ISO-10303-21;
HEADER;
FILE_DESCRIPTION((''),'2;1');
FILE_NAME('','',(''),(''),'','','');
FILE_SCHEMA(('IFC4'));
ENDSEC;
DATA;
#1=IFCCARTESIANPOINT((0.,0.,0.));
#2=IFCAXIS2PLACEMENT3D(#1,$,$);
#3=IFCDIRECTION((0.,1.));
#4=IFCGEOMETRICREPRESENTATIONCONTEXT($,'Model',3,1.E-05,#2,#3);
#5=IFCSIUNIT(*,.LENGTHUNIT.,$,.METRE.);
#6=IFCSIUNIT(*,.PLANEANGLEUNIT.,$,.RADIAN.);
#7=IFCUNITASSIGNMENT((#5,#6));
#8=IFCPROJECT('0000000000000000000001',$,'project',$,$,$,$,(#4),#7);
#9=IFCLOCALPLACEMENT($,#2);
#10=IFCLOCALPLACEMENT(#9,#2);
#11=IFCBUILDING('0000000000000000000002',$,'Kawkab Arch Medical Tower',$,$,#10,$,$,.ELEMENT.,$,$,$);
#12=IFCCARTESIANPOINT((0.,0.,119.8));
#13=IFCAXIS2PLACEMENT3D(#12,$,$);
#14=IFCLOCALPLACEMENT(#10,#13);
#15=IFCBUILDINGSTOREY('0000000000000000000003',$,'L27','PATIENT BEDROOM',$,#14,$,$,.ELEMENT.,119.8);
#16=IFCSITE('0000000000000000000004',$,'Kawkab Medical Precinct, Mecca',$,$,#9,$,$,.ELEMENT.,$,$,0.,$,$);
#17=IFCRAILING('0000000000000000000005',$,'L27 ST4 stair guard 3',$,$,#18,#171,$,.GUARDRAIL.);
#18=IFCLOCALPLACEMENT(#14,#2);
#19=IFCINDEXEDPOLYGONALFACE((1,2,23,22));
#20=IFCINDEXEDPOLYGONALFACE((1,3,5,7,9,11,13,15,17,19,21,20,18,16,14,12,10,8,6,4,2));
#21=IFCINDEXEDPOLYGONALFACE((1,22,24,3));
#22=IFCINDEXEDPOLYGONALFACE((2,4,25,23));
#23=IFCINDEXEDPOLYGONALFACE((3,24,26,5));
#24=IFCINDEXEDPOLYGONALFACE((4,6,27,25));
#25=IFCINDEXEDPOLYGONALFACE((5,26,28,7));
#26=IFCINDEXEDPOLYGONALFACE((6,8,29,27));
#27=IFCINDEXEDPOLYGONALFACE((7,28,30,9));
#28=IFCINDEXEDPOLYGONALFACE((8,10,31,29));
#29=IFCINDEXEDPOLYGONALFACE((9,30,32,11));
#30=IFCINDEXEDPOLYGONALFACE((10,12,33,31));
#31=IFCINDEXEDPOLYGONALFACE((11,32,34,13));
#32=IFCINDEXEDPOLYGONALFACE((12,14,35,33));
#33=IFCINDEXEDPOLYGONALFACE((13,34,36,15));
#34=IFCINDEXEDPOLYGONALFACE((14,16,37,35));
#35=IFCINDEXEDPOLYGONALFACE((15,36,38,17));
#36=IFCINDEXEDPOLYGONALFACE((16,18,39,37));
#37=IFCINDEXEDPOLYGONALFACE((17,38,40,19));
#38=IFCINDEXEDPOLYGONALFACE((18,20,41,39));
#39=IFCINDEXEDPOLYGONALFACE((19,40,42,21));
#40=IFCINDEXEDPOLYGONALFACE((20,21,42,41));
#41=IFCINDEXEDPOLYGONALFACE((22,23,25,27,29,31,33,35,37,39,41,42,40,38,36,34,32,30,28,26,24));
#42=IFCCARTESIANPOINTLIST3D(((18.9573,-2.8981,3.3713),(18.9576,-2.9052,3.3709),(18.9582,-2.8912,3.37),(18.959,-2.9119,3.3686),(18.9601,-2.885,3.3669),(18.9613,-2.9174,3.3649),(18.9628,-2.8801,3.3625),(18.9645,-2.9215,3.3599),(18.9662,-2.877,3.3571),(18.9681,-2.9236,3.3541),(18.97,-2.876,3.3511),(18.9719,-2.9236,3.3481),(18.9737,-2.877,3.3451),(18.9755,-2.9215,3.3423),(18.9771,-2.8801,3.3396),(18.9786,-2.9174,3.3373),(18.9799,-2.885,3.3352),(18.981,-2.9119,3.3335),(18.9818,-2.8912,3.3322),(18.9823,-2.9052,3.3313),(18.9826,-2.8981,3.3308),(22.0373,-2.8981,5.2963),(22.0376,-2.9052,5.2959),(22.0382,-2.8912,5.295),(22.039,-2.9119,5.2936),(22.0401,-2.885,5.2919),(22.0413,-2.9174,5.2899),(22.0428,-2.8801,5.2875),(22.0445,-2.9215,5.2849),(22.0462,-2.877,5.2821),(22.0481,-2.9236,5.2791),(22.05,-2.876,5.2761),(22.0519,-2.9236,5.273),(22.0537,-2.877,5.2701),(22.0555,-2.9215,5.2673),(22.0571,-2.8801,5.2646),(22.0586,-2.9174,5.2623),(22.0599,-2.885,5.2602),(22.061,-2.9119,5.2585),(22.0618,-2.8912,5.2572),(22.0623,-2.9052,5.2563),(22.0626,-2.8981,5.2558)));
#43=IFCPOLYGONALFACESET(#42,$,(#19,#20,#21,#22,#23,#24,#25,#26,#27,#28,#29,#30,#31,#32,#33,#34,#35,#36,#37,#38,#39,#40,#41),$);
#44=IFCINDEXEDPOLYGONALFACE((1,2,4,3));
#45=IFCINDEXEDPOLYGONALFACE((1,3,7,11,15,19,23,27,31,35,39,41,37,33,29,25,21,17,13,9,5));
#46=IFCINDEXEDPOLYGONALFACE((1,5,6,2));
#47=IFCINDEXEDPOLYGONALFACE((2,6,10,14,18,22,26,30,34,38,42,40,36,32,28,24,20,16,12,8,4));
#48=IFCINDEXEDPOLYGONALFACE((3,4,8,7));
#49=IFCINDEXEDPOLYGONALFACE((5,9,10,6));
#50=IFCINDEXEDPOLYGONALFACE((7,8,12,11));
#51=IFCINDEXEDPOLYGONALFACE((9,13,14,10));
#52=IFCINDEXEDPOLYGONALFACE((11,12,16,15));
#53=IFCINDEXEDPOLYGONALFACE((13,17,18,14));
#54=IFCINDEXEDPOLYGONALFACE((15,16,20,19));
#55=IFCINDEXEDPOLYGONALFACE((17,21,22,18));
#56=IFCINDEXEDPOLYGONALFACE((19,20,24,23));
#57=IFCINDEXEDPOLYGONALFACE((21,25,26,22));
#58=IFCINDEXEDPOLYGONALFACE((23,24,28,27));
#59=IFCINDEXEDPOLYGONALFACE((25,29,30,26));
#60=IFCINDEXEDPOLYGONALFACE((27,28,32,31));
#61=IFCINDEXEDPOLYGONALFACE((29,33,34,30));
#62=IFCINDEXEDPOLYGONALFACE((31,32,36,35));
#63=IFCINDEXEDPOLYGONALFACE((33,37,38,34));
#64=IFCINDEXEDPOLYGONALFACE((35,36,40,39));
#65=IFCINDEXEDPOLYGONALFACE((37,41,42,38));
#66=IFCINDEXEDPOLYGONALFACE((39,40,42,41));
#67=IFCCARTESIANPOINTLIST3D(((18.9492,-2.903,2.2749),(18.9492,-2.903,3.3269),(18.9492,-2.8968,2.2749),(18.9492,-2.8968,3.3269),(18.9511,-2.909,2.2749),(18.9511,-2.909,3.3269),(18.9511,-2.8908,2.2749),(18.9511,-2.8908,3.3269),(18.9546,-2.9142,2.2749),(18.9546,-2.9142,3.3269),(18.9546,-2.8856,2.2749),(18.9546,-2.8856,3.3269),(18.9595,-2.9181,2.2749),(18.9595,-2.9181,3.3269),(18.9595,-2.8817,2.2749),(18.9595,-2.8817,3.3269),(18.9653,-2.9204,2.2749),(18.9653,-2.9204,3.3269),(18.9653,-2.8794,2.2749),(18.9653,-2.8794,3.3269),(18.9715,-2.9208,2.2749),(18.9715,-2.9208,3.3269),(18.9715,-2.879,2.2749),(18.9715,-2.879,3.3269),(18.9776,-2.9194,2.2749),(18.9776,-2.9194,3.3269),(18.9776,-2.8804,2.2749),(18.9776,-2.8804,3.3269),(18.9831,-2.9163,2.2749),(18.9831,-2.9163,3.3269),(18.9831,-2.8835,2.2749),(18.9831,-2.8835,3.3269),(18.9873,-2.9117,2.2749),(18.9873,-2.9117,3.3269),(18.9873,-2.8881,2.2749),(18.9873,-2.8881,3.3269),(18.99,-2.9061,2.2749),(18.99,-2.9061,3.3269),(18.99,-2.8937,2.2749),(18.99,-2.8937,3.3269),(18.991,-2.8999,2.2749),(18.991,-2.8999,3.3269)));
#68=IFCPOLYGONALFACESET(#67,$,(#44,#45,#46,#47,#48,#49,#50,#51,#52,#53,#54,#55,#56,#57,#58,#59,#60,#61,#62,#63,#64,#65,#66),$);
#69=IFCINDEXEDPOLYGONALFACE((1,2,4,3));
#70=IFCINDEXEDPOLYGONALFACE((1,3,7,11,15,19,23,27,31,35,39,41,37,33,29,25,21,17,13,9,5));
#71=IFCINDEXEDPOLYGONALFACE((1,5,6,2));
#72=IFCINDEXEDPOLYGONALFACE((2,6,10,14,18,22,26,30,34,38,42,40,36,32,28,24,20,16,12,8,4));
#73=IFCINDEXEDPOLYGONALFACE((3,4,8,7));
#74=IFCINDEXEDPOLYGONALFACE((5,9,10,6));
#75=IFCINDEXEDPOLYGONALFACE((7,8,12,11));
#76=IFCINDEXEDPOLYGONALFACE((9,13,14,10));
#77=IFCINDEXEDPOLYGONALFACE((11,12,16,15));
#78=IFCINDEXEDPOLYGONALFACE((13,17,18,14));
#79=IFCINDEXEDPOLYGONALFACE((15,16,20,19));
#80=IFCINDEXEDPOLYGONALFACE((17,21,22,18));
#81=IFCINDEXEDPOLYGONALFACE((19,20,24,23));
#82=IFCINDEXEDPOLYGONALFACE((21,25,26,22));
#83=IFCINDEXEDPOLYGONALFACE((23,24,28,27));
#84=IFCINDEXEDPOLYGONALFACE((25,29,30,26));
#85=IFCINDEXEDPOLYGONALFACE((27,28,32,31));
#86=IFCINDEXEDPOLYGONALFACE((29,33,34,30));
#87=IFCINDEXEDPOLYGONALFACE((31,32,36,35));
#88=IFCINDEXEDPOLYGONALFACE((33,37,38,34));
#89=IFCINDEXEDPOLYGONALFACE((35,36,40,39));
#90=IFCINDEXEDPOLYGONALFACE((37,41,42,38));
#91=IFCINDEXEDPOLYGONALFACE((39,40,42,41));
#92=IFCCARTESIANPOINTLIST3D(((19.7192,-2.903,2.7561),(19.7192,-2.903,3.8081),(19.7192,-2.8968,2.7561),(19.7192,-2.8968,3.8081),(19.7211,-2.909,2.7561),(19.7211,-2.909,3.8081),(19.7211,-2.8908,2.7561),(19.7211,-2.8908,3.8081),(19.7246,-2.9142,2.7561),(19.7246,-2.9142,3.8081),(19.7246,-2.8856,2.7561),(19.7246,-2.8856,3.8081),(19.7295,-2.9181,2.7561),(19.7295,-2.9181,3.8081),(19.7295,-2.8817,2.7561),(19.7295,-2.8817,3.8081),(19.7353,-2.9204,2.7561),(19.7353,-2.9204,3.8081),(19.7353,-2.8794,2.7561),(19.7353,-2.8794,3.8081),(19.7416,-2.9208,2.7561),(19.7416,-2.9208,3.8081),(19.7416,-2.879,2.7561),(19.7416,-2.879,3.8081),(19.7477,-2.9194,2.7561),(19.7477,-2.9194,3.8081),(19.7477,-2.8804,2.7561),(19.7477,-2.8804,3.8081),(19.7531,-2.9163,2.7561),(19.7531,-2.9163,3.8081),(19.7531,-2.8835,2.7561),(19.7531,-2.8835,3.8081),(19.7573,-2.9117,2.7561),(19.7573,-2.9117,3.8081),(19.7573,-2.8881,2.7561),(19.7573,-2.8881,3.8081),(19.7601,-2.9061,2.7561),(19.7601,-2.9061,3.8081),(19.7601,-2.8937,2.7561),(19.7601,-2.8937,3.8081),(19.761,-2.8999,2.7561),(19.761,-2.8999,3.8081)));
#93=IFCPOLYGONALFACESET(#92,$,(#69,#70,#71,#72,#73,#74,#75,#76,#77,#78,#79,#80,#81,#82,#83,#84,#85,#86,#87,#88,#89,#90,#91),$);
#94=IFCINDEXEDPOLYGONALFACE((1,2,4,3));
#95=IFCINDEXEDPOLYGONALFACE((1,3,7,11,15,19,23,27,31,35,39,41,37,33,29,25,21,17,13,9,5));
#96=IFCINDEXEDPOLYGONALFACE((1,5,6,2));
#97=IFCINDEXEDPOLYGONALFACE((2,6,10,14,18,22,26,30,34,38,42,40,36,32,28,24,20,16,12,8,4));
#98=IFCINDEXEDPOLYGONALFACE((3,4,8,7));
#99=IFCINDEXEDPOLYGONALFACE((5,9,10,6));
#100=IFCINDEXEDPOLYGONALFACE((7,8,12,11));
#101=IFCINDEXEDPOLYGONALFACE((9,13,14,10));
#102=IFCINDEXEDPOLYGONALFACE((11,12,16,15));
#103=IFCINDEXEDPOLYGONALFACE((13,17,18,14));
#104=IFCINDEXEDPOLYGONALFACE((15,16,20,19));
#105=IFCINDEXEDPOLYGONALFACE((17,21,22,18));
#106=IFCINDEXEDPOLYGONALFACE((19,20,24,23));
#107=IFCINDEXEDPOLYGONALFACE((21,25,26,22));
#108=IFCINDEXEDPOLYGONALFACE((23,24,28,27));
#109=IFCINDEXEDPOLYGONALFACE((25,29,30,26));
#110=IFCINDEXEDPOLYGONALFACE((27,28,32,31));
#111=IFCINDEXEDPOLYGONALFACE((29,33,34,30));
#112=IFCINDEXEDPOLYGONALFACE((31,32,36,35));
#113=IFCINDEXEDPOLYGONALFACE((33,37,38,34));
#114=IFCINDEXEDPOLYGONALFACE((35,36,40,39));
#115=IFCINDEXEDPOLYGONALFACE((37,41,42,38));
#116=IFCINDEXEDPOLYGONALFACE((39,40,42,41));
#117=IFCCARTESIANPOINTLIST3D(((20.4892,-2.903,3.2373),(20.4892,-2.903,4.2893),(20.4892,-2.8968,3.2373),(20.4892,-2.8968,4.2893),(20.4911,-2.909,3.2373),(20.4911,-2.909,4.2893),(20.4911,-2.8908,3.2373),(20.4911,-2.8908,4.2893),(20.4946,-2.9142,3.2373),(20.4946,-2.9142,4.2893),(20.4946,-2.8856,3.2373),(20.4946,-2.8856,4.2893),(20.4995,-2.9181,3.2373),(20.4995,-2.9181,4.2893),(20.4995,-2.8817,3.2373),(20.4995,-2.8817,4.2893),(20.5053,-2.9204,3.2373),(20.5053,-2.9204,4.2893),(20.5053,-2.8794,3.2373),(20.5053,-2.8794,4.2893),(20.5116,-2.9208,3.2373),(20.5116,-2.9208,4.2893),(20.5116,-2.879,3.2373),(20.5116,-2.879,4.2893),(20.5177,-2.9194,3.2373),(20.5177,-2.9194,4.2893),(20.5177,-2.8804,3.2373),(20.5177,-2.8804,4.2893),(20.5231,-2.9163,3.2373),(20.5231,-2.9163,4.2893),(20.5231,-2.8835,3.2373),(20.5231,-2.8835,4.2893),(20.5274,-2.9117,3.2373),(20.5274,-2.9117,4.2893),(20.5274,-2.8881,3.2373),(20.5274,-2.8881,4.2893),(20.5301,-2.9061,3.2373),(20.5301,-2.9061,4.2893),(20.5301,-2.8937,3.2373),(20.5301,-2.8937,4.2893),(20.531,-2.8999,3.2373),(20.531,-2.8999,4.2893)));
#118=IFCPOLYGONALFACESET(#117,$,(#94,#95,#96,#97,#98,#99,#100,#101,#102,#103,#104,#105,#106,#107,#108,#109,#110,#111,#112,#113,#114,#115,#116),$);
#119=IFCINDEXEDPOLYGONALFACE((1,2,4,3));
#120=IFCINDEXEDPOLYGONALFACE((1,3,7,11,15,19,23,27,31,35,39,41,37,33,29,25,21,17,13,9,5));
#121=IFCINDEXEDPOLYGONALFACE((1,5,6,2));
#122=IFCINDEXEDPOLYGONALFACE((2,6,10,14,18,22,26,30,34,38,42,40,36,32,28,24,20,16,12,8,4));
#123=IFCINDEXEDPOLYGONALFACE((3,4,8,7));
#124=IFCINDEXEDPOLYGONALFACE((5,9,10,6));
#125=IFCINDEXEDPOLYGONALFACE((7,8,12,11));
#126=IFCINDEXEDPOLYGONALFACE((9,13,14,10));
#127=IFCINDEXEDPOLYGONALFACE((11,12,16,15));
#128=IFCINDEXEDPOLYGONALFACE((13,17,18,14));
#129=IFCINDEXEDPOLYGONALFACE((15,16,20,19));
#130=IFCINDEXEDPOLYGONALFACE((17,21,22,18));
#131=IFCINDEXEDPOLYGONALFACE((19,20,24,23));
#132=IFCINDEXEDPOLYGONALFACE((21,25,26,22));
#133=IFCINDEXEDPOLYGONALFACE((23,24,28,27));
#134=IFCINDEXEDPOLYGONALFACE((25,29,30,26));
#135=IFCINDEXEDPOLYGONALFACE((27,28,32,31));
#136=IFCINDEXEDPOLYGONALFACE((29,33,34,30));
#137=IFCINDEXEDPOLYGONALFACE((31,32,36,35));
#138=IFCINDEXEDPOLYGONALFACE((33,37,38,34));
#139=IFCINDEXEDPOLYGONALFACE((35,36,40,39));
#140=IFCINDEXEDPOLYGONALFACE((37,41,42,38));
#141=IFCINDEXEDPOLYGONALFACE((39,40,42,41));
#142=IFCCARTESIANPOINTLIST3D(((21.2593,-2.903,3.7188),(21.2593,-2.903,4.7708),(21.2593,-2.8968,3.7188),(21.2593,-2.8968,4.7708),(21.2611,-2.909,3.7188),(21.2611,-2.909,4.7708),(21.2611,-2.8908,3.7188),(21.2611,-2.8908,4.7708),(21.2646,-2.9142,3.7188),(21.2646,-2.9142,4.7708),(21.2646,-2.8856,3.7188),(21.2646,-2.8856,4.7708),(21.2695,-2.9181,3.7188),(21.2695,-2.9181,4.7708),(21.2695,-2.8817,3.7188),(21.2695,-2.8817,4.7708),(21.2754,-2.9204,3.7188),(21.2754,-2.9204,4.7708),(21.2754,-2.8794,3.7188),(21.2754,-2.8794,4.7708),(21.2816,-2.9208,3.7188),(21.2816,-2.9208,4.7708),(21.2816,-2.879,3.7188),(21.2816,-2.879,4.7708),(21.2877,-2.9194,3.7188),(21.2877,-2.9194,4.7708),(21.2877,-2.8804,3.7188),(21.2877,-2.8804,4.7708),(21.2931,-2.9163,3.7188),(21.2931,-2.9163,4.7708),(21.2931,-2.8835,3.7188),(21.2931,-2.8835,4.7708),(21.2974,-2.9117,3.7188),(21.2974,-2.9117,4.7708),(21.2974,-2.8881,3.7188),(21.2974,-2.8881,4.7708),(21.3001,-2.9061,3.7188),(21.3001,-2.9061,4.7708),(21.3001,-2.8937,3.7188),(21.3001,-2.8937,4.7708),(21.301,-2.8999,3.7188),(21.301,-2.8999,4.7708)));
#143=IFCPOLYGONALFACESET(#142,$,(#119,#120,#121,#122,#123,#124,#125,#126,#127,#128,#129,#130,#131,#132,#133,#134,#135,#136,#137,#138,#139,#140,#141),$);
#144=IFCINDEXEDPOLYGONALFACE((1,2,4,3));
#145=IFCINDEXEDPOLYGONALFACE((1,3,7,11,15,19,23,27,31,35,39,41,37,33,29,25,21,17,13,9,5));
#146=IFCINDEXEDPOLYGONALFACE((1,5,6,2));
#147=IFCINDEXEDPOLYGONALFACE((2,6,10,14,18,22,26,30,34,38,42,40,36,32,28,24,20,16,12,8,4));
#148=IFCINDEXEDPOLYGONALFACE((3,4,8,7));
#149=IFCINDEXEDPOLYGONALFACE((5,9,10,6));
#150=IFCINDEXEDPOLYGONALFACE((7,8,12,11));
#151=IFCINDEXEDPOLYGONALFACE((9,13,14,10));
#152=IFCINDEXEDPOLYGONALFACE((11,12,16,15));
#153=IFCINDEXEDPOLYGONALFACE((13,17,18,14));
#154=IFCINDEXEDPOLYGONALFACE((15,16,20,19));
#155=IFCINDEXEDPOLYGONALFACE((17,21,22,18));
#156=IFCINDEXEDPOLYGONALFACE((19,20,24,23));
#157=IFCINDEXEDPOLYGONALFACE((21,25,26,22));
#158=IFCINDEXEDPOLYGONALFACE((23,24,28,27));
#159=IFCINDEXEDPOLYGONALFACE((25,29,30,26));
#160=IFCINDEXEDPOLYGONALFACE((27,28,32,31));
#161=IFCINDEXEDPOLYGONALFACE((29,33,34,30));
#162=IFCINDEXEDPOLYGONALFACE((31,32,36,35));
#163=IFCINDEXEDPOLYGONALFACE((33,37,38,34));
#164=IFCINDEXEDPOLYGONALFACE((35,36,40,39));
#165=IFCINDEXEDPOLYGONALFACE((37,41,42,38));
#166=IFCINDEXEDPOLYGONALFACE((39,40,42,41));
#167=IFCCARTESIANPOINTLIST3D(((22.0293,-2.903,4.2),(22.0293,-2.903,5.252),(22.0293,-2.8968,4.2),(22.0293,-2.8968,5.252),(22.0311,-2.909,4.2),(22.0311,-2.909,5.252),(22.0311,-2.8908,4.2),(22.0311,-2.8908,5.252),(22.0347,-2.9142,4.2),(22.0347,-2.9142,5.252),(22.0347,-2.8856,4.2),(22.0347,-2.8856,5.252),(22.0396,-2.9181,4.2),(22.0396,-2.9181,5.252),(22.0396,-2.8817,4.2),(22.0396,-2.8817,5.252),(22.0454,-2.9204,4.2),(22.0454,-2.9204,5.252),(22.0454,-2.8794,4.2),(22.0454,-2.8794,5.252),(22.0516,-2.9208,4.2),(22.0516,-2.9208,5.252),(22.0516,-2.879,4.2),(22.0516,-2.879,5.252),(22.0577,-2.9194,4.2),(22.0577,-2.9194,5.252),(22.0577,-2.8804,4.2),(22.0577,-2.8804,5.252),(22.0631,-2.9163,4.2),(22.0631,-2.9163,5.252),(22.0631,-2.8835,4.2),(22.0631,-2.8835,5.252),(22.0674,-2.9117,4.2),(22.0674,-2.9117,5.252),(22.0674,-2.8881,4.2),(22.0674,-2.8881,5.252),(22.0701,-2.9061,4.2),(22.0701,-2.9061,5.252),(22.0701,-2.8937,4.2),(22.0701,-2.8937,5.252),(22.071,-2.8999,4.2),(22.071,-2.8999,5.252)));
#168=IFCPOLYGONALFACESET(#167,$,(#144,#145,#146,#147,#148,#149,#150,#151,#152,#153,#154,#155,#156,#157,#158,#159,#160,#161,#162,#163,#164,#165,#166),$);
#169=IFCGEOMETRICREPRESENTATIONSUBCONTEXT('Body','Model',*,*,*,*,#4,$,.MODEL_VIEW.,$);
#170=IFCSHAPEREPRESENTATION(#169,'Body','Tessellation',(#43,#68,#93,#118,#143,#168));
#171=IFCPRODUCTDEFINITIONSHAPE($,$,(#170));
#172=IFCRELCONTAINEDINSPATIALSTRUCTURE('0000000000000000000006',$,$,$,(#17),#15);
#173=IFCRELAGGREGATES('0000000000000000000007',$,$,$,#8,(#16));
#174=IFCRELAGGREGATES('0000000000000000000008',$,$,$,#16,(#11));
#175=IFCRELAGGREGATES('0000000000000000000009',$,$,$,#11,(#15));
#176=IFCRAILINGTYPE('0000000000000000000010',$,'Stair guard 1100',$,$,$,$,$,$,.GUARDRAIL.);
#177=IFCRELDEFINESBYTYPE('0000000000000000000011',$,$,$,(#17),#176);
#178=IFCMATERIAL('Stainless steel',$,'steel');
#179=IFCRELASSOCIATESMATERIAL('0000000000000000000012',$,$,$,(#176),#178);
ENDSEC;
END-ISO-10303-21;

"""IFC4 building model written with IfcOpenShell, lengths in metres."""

from ifc_helpers import new_model, si_unit, direction, frame, origin, origin_2d, place, context, subcontext, project, spatial, circle, extrude, material, type_object, element, save


model = new_model("IFC4")

# Units and contexts
model_context = context("Model", 3, precision=1e-05, world=origin(), true_north=direction((0.0, 1.0)))
body_context = subcontext(model_context, "Body", "Model", "MODEL_VIEW")
ifc_project = project(units=[si_unit("LENGTHUNIT", "METRE"), si_unit("PLANEANGLEUNIT", "RADIAN")], contexts=[model_context])

# Site, building, storey
site_placement = place(None, origin())
site = spatial("IfcSite", under=ifc_project, at=site_placement, Name="Kawkab Medical Precinct, Mecca", CompositionType="ELEMENT", RefElevation=0.0)
building_placement = place(site_placement, origin())
building = spatial("IfcBuilding", under=site, at=building_placement, Name="Kawkab Arch Medical Tower", CompositionType="ELEMENT")
storey_placement = place(building_placement, frame((0.0, 0.0, 119.8)))
storey = spatial("IfcBuildingStorey", under=building, at=storey_placement, Name="L27", Description="PATIENT BEDROOM", CompositionType="ELEMENT", Elevation=119.8)

# Railing
ifc_material_1 = material(Name="Stainless steel", Category="steel")
railing_type_1 = type_object("IfcRailingType", Name="Stair guard 1100", PredefinedType="GUARDRAIL", material=ifc_material_1)
railing_1_placement = place(storey_placement, frame((18.97, -2.8999, 2.2749)))
element("IfcRailing", 1, at=railing_1_placement, inside=storey, type_object=railing_type_1, Name="L27 ST4 stair guard 3", PredefinedType="GUARDRAIL", context=body_context, shape_type="SweptSolid", body=[
    extrude(circle(Radius=0.0239, at=origin_2d()), frame((0.0, 0.0, 1.0762), z_axis=(0.847998, 0.0, 0.529999), x_axis=(0.0, 1.0, 0.0)), (0.0, 0.0, 1.0), 3.6321),
    extrude(circle(Radius=0.021, at=origin_2d()), origin(), (0.0, 0.0, 1.0), 1.052),
    extrude(circle(Radius=0.021, at=origin_2d()), frame((0.77, 0.0, 0.4812)), (0.0, 0.0, 1.0), 1.052),
    extrude(circle(Radius=0.021, at=origin_2d()), frame((1.54, 0.0, 0.9624)), (0.0, 0.0, 1.0), 1.052),
    extrude(circle(Radius=0.021, at=origin_2d()), frame((2.3101, 0.0, 1.4438)), (0.0, 0.0, 1.0), 1.052),
    extrude(circle(Radius=0.021, at=origin_2d()), frame((3.0801, 0.0, 1.925)), (0.0, 0.0, 1.0), 1.052),
])

save(model, "model.ifc")
